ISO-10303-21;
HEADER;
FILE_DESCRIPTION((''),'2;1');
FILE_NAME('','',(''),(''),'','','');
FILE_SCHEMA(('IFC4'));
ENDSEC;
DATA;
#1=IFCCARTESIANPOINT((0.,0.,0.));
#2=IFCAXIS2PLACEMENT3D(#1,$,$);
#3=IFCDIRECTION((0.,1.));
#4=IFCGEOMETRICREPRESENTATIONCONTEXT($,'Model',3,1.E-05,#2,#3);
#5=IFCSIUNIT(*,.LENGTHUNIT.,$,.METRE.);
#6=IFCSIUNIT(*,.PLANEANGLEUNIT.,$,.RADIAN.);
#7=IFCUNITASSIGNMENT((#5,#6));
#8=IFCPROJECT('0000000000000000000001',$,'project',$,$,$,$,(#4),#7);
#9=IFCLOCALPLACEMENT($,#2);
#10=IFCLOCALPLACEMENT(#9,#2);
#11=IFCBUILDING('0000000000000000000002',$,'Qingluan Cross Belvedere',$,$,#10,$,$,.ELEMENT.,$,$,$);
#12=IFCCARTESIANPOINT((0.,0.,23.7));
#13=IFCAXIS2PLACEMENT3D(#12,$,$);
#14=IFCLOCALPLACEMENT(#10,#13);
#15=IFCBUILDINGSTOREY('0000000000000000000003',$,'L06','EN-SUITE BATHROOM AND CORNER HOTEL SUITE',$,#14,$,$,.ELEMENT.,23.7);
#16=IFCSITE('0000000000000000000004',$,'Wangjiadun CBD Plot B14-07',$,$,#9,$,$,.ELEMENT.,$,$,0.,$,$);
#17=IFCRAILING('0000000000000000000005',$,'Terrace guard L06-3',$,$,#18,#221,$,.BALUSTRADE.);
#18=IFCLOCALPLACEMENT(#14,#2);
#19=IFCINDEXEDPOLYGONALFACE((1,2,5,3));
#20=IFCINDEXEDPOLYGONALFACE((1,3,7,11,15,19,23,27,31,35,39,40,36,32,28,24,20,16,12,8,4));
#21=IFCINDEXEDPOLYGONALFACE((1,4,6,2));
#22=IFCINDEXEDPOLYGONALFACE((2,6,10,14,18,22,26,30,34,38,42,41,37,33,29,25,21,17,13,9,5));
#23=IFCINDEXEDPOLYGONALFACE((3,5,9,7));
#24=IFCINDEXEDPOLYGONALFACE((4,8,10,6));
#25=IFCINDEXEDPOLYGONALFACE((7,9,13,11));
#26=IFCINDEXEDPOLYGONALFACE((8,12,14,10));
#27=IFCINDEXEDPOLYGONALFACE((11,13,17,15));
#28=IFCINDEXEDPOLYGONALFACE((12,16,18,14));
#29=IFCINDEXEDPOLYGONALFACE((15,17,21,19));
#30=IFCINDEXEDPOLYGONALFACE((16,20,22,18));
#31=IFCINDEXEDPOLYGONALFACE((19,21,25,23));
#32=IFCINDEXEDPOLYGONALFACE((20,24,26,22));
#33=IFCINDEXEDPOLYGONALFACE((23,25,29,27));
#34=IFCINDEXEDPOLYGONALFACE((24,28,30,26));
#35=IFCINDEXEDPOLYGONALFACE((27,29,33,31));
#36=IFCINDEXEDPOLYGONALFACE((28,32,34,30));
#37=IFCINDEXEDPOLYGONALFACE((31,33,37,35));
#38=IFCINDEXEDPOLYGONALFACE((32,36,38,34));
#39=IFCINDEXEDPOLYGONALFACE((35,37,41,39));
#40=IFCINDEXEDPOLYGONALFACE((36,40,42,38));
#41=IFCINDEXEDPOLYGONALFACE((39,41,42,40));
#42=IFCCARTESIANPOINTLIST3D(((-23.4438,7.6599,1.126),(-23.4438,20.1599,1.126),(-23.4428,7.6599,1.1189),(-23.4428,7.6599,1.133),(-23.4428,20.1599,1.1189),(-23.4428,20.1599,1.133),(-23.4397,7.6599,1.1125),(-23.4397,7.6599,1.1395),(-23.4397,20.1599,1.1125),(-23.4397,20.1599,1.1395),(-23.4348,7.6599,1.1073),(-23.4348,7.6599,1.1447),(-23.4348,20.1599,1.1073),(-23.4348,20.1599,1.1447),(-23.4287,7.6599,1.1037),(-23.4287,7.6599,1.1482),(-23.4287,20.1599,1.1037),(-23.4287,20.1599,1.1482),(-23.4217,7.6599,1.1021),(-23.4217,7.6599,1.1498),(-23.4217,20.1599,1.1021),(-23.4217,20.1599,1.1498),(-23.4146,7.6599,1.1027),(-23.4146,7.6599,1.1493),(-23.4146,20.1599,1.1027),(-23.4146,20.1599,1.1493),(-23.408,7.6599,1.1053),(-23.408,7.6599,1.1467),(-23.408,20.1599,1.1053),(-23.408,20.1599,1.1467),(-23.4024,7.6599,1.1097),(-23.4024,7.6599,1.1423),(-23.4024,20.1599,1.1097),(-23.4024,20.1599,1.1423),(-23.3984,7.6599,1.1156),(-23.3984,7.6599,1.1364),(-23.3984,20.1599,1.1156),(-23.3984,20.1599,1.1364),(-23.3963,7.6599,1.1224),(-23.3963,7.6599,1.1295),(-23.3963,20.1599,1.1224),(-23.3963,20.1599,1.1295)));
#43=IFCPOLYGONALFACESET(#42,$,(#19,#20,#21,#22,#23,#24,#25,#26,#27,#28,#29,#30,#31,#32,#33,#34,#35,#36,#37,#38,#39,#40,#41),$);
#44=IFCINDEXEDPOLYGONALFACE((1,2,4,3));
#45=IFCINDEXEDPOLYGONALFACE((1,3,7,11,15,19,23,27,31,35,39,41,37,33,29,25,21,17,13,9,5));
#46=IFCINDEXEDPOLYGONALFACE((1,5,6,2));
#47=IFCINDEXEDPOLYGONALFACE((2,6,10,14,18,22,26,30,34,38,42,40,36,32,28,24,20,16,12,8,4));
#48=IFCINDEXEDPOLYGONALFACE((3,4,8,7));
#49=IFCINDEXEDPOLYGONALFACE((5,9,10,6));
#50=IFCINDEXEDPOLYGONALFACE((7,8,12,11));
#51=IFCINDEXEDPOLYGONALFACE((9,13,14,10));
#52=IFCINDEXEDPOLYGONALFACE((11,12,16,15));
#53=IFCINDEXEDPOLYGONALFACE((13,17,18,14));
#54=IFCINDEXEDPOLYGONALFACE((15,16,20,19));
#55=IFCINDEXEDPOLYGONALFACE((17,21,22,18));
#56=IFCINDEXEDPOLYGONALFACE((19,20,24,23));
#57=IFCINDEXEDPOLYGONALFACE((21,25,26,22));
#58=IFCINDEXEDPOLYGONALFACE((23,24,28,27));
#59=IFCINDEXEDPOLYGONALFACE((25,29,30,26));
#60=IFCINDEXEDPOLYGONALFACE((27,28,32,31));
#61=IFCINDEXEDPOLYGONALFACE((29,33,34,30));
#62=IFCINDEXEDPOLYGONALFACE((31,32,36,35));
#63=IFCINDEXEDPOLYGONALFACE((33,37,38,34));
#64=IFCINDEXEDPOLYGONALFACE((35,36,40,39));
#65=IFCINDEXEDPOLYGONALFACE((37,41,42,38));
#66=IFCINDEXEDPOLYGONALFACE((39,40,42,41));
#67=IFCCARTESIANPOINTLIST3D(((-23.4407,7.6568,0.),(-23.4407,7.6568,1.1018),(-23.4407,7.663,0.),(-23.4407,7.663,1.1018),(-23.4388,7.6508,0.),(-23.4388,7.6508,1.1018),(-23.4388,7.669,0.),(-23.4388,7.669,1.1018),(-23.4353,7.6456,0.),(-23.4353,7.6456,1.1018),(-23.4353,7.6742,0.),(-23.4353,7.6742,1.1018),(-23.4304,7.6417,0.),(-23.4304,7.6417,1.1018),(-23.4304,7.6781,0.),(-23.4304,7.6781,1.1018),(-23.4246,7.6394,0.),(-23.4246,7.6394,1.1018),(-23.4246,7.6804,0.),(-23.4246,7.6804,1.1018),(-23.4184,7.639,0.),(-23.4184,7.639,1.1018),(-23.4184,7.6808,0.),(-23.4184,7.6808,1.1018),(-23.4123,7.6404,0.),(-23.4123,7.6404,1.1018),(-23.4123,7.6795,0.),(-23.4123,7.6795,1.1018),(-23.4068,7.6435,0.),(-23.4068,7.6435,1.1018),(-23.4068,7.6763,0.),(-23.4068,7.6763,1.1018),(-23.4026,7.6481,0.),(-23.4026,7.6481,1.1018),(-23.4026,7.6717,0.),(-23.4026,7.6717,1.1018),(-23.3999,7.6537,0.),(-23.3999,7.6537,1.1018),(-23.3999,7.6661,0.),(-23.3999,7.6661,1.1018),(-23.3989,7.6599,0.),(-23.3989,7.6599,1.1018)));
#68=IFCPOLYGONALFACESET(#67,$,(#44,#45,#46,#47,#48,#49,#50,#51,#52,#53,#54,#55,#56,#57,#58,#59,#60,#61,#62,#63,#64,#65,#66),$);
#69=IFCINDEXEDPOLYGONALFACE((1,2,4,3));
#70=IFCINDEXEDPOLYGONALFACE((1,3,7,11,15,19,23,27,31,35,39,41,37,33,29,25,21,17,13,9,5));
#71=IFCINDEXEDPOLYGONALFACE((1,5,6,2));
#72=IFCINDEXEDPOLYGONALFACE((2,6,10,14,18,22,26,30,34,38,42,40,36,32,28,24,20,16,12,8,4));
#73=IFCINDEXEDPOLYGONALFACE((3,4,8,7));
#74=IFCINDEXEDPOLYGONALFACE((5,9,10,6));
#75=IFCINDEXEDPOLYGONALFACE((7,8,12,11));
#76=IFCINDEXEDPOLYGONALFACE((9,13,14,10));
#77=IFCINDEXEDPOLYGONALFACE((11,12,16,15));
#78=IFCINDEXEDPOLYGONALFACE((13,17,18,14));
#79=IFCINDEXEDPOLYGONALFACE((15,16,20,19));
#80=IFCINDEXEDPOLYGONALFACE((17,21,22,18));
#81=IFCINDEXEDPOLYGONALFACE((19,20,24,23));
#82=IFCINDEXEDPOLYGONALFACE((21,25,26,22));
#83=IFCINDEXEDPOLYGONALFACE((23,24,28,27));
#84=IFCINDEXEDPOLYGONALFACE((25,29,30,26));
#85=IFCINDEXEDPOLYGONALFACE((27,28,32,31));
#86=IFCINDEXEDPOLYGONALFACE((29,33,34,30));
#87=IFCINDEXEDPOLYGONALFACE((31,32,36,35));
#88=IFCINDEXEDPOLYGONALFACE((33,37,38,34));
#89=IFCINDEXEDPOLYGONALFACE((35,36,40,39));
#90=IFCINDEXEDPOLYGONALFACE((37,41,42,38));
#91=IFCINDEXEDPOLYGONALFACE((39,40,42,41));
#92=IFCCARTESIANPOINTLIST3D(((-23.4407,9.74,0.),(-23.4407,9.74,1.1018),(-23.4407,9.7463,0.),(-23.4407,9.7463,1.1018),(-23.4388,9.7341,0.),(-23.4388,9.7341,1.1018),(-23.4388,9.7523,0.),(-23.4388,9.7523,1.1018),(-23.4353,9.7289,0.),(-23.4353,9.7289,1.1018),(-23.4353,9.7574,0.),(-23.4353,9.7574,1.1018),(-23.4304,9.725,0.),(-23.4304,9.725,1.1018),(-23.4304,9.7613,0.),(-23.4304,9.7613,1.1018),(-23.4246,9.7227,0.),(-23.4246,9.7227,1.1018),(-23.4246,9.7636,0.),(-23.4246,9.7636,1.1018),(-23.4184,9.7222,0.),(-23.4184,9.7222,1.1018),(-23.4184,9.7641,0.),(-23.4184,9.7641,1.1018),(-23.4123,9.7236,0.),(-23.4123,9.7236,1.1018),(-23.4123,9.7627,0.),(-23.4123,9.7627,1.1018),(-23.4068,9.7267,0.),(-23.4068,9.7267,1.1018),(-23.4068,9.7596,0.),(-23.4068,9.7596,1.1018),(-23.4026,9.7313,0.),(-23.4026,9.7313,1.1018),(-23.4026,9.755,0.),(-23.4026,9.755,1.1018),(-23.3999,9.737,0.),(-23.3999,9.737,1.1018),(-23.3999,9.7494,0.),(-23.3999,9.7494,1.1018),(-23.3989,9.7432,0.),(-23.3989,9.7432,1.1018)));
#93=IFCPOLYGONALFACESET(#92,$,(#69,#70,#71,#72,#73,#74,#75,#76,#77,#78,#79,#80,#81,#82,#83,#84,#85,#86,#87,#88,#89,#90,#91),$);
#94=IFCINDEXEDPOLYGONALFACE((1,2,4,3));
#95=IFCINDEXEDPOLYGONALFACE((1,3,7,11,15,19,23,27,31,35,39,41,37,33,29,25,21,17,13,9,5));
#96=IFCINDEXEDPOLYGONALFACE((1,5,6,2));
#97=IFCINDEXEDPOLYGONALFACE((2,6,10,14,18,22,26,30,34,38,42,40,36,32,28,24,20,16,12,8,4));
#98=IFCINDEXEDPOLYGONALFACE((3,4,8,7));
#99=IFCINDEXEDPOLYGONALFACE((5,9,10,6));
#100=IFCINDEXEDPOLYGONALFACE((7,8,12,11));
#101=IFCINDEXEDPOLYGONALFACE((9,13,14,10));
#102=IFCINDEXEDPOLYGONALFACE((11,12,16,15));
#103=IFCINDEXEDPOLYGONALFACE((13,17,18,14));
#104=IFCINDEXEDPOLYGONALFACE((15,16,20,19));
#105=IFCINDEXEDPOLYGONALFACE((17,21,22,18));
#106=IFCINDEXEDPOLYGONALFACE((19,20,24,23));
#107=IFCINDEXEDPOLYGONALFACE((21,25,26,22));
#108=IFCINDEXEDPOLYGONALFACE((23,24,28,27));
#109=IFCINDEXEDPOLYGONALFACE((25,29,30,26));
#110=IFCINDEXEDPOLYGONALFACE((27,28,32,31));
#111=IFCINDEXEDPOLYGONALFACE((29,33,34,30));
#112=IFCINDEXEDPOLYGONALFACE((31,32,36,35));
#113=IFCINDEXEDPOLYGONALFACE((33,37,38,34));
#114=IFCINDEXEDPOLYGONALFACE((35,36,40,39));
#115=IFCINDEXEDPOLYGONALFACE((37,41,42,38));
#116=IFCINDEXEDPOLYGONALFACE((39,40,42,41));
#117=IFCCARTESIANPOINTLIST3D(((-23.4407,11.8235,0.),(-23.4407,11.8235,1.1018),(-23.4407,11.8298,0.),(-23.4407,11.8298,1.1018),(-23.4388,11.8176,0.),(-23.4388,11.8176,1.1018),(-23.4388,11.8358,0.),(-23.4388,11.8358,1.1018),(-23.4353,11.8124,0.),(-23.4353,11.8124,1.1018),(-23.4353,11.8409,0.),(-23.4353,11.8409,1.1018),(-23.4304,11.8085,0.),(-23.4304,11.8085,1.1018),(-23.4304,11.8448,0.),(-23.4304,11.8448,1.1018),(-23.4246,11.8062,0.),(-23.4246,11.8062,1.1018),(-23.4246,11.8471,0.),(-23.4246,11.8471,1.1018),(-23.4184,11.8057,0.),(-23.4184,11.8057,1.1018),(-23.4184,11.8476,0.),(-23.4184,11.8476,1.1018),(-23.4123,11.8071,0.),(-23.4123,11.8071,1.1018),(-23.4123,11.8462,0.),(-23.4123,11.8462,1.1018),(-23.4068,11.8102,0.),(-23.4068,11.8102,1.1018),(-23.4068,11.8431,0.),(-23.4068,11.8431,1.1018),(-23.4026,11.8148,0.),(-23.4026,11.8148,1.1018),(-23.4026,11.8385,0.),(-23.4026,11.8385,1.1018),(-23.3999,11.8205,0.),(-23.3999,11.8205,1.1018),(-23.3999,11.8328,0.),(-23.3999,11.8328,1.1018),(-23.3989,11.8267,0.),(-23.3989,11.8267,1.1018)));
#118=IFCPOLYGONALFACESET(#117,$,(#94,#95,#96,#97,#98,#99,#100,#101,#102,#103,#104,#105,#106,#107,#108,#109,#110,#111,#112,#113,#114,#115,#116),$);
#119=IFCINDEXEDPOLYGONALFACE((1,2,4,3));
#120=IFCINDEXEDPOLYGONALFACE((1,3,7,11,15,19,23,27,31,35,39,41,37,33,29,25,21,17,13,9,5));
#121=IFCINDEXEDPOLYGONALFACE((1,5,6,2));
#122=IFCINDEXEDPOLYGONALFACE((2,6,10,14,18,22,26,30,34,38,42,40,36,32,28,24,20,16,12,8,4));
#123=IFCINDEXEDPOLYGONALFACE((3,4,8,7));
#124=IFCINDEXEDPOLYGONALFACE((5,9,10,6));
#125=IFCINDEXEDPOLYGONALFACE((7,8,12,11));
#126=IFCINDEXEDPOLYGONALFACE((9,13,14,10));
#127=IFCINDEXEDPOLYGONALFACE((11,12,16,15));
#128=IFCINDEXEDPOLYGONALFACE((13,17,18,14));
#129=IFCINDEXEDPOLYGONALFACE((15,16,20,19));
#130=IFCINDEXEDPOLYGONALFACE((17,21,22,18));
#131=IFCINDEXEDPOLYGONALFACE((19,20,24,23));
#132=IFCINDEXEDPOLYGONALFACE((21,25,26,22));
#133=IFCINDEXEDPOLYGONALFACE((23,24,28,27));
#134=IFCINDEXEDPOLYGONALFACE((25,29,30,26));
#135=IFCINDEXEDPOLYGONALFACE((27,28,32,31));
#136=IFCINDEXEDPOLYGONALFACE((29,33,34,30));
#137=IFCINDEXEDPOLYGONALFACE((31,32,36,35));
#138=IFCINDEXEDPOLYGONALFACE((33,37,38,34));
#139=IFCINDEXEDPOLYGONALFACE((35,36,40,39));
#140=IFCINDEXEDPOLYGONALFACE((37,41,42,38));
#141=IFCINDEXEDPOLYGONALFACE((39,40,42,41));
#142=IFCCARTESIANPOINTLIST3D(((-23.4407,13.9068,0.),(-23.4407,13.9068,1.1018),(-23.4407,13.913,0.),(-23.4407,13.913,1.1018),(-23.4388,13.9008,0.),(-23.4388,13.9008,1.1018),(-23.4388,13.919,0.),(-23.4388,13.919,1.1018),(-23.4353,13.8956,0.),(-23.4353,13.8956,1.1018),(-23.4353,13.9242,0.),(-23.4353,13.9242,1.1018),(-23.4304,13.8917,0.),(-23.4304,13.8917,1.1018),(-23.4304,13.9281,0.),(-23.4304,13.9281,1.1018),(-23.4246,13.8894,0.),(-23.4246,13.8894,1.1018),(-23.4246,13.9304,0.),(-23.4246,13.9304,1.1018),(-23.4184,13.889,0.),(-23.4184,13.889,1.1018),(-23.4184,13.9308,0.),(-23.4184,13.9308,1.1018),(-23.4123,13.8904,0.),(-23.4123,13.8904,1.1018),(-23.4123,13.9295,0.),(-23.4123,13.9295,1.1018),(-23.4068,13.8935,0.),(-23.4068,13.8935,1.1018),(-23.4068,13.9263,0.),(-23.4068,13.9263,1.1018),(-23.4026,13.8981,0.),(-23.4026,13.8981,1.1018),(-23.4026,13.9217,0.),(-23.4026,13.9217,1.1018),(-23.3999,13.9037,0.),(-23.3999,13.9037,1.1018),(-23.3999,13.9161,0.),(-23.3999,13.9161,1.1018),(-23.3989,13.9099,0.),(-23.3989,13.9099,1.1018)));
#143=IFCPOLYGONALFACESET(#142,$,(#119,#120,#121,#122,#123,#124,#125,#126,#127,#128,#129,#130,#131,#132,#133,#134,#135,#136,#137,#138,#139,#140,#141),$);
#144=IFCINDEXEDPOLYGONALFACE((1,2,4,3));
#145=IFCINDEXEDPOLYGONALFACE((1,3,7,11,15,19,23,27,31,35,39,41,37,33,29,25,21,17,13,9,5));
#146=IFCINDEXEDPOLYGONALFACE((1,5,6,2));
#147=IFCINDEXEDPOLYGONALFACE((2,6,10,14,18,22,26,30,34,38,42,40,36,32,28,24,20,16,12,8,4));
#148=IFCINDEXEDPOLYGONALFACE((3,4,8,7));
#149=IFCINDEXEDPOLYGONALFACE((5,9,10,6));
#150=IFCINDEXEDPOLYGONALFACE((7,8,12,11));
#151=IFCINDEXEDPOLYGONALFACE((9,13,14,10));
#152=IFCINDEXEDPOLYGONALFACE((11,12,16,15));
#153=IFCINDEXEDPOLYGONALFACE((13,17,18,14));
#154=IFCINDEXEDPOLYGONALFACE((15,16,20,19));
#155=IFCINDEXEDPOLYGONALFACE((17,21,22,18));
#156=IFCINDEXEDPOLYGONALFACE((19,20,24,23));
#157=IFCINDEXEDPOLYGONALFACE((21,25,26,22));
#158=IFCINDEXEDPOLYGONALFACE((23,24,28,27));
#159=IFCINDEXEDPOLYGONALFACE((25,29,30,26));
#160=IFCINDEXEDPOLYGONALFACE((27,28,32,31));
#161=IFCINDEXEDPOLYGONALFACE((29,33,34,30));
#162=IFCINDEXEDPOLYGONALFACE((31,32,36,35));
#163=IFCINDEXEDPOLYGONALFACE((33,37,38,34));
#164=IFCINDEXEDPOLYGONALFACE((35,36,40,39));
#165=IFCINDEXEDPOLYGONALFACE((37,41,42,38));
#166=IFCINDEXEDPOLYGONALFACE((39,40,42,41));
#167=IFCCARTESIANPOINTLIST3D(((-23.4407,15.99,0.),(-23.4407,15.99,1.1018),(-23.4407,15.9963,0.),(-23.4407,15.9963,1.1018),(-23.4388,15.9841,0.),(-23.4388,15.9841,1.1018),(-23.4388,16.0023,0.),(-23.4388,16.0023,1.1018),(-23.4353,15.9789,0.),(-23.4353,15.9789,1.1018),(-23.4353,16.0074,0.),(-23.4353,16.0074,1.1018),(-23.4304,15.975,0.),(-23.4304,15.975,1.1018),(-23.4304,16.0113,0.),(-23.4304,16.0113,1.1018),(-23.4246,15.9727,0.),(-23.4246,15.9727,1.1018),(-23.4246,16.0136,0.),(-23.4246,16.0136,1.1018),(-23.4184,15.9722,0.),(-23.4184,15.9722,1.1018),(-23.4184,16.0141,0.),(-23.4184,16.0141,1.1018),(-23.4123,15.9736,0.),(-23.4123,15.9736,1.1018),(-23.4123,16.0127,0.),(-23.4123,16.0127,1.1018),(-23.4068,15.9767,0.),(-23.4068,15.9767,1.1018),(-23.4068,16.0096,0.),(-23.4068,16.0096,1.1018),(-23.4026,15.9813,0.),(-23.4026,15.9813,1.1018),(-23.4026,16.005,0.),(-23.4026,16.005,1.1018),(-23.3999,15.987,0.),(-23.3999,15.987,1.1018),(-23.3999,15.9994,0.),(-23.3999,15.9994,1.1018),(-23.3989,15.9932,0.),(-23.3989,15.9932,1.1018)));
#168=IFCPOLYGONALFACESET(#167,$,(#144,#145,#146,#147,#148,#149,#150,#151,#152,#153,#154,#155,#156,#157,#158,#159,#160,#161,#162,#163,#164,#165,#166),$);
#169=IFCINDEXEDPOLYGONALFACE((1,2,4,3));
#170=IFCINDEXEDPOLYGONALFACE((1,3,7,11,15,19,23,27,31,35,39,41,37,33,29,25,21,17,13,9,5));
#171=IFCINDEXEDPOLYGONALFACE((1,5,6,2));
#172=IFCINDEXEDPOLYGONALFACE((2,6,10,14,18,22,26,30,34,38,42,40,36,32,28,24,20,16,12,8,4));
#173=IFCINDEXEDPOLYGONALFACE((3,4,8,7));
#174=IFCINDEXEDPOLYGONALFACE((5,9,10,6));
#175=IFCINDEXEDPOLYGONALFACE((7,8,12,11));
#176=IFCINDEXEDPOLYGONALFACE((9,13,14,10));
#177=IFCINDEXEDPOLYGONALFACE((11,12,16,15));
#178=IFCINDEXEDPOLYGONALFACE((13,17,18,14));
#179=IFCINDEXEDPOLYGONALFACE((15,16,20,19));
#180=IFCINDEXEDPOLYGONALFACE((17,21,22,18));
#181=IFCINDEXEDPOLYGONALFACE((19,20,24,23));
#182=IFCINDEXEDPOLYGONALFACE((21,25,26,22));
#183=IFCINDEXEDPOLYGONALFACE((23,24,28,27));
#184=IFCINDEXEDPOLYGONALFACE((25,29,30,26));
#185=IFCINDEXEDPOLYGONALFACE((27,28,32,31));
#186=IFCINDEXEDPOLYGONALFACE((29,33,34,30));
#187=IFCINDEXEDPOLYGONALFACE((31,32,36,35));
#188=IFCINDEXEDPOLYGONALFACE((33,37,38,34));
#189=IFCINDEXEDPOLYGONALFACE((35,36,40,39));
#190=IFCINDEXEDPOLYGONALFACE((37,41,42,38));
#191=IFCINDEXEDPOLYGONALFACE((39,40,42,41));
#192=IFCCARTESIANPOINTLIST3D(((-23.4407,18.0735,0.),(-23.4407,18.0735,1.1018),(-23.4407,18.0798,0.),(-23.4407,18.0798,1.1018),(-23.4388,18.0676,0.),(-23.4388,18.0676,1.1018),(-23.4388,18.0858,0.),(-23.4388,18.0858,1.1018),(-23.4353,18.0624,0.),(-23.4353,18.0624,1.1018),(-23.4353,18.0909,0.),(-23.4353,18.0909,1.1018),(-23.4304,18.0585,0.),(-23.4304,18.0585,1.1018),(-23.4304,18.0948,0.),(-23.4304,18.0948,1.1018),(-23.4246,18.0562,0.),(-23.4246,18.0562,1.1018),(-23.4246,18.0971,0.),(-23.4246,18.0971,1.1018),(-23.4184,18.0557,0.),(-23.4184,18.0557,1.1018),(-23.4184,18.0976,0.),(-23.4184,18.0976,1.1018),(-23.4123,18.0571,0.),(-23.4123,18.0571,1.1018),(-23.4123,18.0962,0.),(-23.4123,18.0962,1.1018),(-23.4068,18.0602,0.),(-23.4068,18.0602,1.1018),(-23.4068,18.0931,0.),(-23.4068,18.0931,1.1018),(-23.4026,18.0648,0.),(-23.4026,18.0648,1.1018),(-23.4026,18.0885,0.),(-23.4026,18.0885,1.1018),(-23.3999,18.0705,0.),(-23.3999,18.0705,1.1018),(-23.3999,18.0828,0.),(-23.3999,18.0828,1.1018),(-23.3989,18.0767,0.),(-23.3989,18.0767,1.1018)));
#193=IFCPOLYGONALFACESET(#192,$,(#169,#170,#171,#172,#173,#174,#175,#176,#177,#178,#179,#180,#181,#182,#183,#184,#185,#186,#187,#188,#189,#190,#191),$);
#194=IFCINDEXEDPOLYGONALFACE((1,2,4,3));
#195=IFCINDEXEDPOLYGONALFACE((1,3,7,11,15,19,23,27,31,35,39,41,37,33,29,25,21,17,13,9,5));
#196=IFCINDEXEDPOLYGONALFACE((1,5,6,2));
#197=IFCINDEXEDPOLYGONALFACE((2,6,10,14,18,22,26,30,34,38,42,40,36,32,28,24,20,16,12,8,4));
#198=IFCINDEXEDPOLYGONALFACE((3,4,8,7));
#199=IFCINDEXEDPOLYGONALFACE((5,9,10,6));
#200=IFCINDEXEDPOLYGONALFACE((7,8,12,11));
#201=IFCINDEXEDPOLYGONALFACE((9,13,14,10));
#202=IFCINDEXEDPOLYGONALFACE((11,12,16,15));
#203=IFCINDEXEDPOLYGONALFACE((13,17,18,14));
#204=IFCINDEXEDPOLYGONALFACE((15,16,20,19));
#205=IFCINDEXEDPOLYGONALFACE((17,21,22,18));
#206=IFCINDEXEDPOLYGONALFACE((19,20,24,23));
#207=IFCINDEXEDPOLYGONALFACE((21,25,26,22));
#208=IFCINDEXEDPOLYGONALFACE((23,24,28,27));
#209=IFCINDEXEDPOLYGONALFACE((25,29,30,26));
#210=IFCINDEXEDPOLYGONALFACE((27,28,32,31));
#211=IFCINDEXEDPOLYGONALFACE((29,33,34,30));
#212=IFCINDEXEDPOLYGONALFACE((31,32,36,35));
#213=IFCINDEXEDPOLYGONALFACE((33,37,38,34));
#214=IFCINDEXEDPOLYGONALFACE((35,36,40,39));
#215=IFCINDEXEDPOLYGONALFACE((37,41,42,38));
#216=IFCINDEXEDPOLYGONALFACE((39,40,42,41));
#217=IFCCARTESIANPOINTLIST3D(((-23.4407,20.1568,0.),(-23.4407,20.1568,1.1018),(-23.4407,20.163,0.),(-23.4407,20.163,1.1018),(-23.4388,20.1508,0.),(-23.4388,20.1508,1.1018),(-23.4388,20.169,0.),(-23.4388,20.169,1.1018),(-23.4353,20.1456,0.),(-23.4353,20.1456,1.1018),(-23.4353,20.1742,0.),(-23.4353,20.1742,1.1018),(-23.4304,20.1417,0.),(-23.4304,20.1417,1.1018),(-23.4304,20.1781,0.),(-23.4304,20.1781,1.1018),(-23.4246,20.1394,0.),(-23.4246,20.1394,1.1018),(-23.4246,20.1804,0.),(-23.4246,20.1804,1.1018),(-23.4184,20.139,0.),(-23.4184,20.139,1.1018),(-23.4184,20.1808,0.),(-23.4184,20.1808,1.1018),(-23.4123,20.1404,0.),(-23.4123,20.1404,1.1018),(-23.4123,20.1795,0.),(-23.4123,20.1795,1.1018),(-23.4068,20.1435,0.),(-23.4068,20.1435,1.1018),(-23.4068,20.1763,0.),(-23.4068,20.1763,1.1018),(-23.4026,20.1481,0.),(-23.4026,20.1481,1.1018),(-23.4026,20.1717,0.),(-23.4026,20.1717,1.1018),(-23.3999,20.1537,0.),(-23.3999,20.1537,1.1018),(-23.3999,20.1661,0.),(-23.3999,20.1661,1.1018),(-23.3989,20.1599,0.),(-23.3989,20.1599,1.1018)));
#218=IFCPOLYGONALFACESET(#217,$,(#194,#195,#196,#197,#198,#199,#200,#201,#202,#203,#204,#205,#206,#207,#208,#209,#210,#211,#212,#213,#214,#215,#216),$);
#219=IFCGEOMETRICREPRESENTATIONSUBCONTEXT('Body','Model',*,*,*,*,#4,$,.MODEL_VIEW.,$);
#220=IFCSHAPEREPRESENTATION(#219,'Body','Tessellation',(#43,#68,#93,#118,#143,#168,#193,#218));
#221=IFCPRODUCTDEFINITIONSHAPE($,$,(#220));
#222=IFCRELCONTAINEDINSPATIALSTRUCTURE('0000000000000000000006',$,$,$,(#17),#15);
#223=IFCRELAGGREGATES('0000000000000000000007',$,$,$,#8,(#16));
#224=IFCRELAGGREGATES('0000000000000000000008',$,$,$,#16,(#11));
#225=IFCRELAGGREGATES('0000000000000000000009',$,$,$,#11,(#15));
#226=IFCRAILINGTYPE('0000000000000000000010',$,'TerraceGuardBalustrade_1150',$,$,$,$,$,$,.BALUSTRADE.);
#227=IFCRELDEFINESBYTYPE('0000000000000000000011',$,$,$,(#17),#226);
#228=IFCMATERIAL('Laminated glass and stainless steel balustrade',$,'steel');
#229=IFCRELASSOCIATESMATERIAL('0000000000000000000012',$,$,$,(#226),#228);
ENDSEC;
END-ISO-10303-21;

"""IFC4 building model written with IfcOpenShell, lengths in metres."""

from ifc_helpers import new_model, si_unit, direction, frame, origin, origin_2d, place, context, subcontext, project, spatial, circle, extrude, material, type_object, element, save


model = new_model("IFC4")

# Units and contexts
model_context = context("Model", 3, precision=1e-05, world=origin(), true_north=direction((0.0, 1.0)))
body_context = subcontext(model_context, "Body", "Model", "MODEL_VIEW")
ifc_project = project(units=[si_unit("LENGTHUNIT", "METRE"), si_unit("PLANEANGLEUNIT", "RADIAN")], contexts=[model_context])

# Site, building, storey
site_placement = place(None, origin())
site = spatial("IfcSite", under=ifc_project, at=site_placement, Name="Wangjiadun CBD Plot B14-07", CompositionType="ELEMENT", RefElevation=0.0)
building_placement = place(site_placement, origin())
building = spatial("IfcBuilding", under=site, at=building_placement, Name="Qingluan Cross Belvedere", CompositionType="ELEMENT")
storey_placement = place(building_placement, frame((0.0, 0.0, 23.7)))
storey = spatial("IfcBuildingStorey", under=building, at=storey_placement, Name="L06", Description="EN-SUITE BATHROOM AND CORNER HOTEL SUITE", CompositionType="ELEMENT", Elevation=23.7)

# Railing
ifc_material_1 = material(Name="Laminated glass and stainless steel balustrade", Category="steel")
railing_type = type_object("IfcRailingType", Name="TerraceGuardBalustrade_1150", PredefinedType="BALUSTRADE", material=ifc_material_1)
railing_1_placement = place(storey_placement, frame((-23.4199, 7.6599, 0.0)))
element("IfcRailing", 1, at=railing_1_placement, inside=storey, type_object=railing_type, Name="Terrace guard L06-3", PredefinedType="BALUSTRADE", context=body_context, shape_type="SweptSolid", body=[
    extrude(circle(Radius=0.0239, at=origin_2d()), frame((0.0, 0.0, 1.126), z_axis=(0.0, 1.0, 0.0), x_axis=(-1.0, 0.0, 0.0)), (0.0, 0.0, 1.0), 12.5),
    extrude(circle(Radius=0.021, at=origin_2d()), origin(), (0.0, 0.0, 1.0), 1.1018),
    extrude(circle(Radius=0.021, at=origin_2d()), frame((0.0, 2.0833, 0.0)), (0.0, 0.0, 1.0), 1.1018),
    extrude(circle(Radius=0.021, at=origin_2d()), frame((0.0, 4.1667, 0.0)), (0.0, 0.0, 1.0), 1.1018),
    extrude(circle(Radius=0.021, at=origin_2d()), frame((0.0, 6.25, 0.0)), (0.0, 0.0, 1.0), 1.1018),
    extrude(circle(Radius=0.021, at=origin_2d()), frame((0.0, 8.3333, 0.0)), (0.0, 0.0, 1.0), 1.1018),
    extrude(circle(Radius=0.021, at=origin_2d()), frame((0.0, 10.4167, 0.0)), (0.0, 0.0, 1.0), 1.1018),
    extrude(circle(Radius=0.021, at=origin_2d()), frame((0.0, 12.5, 0.0)), (0.0, 0.0, 1.0), 1.1018),
])

save(model, "model.ifc")
